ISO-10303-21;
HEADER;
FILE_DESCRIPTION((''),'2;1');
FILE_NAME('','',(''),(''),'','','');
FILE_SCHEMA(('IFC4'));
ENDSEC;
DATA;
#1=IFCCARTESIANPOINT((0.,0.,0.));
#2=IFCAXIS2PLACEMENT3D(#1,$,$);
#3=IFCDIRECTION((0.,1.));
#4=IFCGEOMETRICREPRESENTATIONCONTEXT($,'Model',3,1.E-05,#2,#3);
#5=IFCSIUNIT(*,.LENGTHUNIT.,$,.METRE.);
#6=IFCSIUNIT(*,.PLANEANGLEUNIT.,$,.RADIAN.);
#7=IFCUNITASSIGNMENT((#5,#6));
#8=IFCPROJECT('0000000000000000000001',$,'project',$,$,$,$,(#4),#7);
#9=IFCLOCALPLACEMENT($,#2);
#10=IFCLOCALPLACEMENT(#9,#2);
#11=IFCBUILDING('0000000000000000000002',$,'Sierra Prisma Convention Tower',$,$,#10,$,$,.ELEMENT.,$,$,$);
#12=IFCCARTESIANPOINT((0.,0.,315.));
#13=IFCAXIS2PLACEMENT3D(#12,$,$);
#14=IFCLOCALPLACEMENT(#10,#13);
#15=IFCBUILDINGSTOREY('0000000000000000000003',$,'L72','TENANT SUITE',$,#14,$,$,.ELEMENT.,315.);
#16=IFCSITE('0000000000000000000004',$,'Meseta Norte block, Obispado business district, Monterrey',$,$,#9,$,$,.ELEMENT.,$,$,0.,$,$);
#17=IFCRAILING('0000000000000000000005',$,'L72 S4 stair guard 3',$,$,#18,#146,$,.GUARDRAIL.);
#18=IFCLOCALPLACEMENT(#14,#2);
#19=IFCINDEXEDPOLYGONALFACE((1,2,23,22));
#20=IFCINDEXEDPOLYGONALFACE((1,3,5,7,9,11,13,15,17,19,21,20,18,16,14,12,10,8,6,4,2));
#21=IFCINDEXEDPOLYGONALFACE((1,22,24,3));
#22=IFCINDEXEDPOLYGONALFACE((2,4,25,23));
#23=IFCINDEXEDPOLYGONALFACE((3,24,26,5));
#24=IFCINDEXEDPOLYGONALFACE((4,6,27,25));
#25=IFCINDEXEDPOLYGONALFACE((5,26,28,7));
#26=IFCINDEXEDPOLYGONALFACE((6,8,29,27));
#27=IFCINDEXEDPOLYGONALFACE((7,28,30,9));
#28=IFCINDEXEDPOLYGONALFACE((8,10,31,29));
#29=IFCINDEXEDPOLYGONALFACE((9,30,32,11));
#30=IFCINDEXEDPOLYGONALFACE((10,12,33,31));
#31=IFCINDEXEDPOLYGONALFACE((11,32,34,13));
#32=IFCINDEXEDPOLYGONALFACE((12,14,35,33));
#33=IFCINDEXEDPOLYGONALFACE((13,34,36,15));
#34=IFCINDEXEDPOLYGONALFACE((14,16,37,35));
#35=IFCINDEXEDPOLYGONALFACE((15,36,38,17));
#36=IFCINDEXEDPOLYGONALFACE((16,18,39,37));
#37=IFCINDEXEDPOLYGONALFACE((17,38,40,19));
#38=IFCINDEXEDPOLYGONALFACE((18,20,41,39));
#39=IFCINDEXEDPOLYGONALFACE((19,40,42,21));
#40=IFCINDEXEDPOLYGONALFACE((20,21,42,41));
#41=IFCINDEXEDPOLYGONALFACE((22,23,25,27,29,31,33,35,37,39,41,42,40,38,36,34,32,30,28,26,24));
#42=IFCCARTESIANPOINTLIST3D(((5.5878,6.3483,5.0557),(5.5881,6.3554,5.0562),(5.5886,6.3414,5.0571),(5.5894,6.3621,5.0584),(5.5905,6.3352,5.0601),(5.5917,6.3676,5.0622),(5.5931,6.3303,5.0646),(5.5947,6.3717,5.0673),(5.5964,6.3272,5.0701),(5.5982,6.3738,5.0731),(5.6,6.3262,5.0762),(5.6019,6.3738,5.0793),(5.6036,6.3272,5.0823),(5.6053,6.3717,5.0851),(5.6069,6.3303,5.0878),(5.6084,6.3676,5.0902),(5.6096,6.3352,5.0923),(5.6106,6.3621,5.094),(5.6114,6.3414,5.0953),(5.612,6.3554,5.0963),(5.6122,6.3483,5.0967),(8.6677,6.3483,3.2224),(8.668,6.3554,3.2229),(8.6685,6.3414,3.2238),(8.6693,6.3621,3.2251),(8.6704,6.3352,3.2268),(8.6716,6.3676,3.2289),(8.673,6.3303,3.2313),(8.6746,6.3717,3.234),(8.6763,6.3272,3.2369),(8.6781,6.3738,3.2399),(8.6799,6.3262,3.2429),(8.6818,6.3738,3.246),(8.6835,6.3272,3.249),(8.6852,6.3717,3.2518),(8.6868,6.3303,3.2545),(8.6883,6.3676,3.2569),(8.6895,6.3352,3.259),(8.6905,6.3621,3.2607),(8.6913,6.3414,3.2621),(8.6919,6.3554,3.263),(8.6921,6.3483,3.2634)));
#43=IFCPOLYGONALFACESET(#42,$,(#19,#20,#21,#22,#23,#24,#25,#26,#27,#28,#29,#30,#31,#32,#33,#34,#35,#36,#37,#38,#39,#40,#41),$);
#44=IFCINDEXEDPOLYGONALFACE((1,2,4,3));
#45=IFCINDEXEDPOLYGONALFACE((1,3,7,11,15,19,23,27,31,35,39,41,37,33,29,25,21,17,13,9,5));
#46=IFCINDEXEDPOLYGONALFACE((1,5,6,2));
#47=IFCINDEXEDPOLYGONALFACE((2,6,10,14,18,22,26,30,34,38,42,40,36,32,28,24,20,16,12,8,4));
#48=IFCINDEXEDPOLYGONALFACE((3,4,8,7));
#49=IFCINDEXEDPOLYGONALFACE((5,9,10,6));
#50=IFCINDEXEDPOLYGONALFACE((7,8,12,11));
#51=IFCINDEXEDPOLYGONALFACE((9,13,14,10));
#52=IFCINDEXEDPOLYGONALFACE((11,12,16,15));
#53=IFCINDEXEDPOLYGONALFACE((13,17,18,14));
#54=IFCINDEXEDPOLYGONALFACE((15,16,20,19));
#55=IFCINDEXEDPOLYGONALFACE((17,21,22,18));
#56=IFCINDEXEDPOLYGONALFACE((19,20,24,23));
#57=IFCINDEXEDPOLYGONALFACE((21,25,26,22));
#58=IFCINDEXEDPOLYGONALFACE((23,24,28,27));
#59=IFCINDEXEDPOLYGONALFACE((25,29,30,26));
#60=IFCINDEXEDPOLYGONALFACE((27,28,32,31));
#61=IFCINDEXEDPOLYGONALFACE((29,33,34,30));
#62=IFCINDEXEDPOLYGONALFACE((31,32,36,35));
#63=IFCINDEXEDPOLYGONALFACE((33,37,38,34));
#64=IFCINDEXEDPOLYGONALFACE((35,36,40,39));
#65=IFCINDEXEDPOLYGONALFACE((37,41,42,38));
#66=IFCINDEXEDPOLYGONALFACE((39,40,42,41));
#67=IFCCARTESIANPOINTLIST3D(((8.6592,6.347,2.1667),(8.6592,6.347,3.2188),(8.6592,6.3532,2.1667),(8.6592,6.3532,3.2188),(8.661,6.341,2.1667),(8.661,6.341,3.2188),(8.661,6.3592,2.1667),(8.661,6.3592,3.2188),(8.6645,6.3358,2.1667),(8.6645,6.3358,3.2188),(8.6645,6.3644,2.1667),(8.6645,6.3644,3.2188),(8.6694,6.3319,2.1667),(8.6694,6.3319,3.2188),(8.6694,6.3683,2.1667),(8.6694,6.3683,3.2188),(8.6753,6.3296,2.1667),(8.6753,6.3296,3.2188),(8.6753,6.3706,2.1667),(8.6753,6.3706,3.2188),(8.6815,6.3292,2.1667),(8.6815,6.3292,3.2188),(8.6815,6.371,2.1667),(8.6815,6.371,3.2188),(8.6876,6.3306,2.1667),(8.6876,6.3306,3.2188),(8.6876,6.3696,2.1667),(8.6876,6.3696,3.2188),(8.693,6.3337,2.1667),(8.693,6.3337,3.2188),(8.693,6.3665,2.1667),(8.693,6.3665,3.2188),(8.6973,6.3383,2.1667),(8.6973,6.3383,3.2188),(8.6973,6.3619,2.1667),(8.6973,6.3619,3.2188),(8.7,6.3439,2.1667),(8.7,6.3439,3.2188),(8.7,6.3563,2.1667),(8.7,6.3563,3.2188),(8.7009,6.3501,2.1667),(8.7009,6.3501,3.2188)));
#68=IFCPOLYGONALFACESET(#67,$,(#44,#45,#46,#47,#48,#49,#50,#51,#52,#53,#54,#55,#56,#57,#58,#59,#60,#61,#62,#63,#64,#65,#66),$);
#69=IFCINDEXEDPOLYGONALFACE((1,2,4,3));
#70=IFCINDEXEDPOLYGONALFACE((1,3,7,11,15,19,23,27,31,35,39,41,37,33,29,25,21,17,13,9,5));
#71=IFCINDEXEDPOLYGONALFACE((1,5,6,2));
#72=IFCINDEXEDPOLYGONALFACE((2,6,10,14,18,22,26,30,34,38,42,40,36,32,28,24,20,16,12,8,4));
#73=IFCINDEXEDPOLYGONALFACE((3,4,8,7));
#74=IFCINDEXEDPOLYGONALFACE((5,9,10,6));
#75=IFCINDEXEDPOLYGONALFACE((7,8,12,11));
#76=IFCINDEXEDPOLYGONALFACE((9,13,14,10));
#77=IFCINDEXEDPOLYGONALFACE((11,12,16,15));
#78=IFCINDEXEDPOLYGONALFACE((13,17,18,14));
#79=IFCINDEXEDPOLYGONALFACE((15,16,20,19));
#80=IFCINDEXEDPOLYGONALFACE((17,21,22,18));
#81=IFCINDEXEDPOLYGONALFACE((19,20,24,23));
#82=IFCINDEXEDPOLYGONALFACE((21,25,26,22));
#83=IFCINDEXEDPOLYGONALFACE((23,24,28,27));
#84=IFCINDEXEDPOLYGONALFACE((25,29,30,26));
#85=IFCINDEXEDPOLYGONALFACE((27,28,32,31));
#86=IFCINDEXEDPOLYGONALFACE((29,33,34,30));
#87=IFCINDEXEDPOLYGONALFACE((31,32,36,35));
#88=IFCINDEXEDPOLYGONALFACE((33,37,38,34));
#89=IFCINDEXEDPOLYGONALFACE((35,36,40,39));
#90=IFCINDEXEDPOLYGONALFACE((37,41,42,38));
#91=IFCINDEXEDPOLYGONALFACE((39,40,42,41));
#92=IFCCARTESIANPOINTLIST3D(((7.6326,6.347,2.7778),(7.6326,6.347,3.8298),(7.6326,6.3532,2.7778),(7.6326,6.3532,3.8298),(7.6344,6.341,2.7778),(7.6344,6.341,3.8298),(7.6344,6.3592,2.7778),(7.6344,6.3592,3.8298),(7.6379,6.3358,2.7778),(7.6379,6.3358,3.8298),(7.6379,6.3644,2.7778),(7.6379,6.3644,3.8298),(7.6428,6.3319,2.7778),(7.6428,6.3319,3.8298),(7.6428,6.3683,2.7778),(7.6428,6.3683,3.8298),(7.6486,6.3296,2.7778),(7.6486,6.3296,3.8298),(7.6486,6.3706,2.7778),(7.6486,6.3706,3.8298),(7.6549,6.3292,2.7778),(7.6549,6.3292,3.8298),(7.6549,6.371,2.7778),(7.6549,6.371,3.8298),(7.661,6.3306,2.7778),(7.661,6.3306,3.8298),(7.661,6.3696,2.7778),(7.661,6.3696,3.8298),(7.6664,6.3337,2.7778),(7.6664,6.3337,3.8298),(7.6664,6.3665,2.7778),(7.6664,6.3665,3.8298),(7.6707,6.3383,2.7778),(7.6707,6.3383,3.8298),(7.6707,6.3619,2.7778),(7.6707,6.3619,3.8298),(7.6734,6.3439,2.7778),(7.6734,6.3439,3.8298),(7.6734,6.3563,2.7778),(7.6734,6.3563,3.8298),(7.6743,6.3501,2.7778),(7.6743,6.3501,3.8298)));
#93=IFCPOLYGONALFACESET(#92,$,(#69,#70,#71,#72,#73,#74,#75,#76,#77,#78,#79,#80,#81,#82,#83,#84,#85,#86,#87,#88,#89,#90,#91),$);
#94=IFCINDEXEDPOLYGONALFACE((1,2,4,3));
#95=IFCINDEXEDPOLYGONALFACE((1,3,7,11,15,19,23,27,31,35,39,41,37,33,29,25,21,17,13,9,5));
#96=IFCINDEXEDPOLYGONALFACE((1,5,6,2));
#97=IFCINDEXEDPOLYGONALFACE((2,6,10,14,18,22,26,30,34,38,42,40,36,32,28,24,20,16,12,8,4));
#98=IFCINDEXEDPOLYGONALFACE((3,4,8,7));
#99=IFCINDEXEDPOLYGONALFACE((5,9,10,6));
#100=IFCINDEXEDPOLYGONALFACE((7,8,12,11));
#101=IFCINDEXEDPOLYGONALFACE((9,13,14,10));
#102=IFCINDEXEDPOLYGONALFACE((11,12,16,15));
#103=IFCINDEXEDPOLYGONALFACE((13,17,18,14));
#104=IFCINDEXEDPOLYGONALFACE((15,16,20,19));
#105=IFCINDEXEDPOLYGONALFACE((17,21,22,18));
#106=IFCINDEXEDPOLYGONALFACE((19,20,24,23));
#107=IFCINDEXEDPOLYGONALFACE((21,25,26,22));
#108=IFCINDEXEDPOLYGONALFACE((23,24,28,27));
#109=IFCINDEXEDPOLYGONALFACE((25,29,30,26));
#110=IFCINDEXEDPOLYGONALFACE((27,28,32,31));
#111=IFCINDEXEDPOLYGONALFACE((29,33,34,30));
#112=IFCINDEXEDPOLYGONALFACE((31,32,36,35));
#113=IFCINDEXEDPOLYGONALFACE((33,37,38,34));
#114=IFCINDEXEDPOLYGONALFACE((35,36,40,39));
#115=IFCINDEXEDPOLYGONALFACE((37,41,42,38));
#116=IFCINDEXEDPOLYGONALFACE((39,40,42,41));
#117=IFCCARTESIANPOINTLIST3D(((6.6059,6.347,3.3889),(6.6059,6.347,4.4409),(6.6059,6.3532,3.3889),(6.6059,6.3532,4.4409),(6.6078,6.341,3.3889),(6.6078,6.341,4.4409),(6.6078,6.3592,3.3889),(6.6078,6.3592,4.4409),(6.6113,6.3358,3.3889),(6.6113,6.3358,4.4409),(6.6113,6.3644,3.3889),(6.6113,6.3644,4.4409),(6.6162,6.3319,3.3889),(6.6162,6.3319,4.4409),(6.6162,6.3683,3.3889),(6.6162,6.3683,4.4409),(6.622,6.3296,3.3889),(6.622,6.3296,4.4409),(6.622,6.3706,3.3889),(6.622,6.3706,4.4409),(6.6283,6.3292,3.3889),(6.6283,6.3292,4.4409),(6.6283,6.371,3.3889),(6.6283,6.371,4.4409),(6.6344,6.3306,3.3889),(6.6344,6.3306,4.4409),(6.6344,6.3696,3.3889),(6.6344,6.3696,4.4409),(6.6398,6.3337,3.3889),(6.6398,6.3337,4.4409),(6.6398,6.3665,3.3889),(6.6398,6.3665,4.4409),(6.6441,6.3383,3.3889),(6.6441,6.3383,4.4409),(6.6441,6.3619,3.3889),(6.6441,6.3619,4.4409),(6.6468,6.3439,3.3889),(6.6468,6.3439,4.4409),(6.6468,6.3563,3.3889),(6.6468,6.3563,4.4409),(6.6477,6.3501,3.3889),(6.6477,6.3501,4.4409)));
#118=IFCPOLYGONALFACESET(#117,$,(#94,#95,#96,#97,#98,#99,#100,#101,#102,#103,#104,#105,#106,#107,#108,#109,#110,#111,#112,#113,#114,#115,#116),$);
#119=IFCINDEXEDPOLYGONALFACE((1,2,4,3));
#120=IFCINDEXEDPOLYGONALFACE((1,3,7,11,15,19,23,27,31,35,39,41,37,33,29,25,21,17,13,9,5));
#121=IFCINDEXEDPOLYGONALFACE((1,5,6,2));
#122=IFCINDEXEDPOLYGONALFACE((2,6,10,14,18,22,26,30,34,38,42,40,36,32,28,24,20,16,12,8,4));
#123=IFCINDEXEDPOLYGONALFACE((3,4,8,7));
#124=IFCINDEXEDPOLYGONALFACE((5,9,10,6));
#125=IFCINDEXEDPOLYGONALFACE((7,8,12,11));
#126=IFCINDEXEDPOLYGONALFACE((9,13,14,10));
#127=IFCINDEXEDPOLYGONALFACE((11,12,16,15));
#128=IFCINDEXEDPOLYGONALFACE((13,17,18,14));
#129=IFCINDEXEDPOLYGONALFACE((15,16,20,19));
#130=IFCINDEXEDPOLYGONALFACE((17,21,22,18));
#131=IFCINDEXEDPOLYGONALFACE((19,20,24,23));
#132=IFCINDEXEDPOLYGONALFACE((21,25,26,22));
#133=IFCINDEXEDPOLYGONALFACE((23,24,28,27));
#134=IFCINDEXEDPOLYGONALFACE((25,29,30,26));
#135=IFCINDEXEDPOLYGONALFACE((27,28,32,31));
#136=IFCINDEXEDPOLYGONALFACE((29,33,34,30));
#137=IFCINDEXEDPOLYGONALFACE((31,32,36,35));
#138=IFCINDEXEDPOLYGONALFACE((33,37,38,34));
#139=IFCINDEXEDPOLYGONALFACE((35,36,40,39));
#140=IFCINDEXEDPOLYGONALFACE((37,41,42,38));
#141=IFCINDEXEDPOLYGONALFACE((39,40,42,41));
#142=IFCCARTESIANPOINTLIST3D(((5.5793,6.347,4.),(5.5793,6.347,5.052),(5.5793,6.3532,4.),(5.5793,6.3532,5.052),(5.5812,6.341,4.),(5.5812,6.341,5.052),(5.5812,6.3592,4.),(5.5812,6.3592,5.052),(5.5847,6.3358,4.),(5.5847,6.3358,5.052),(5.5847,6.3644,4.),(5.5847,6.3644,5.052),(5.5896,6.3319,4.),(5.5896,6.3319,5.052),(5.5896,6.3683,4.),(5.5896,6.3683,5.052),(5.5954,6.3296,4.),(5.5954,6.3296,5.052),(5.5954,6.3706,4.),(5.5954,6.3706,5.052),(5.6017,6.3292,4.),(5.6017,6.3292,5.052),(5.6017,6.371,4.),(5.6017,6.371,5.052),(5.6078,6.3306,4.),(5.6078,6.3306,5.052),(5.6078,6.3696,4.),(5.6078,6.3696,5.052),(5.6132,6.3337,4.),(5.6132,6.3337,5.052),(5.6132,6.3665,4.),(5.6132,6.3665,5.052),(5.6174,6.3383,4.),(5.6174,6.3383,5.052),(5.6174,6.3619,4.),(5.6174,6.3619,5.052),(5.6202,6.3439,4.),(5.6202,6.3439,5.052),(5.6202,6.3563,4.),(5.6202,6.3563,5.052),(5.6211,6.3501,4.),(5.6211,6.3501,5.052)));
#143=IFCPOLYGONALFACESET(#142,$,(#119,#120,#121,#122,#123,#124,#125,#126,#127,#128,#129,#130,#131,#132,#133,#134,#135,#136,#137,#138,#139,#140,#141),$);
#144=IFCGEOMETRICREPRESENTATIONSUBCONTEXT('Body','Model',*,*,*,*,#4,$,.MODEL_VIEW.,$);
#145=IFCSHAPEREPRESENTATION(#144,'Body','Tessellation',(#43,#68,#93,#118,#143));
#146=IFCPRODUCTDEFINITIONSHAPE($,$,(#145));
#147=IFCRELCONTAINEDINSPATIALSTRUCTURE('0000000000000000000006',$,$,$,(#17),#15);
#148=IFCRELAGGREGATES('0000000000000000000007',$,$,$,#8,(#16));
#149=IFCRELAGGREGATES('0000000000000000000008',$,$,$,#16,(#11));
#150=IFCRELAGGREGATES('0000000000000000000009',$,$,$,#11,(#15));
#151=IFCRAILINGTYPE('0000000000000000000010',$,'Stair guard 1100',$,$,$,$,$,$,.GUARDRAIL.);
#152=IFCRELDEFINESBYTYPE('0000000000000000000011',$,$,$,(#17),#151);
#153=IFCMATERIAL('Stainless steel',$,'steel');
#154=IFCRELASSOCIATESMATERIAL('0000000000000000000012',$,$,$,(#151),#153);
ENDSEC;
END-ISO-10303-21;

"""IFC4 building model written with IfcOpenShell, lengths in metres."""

from ifc_helpers import new_model, si_unit, direction, frame, origin, origin_2d, place, context, subcontext, project, spatial, circle, extrude, material, type_object, element, save


model = new_model("IFC4")

# Units and contexts
model_context = context("Model", 3, precision=1e-05, world=origin(), true_north=direction((0.0, 1.0)))
body_context = subcontext(model_context, "Body", "Model", "MODEL_VIEW")
ifc_project = project(units=[si_unit("LENGTHUNIT", "METRE"), si_unit("PLANEANGLEUNIT", "RADIAN")], contexts=[model_context])

# Site, building, storey
site_placement = place(None, origin())
site = spatial("IfcSite", under=ifc_project, at=site_placement, Name="Meseta Norte block, Obispado business district, Monterrey", CompositionType="ELEMENT", RefElevation=0.0)
building_placement = place(site_placement, origin())
building = spatial("IfcBuilding", under=site, at=building_placement, Name="Sierra Prisma Convention Tower", CompositionType="ELEMENT")
storey_placement = place(building_placement, frame((0.0, 0.0, 315.0)))
storey = spatial("IfcBuildingStorey", under=building, at=storey_placement, Name="L72", Description="TENANT SUITE", CompositionType="ELEMENT", Elevation=315.0)

# Railing
ifc_material_1 = material(Name="Stainless steel", Category="steel")
railing_type_1 = type_object("IfcRailingType", Name="Stair guard 1100", PredefinedType="GUARDRAIL", material=ifc_material_1)
railing_1_placement = place(storey_placement, frame((8.6799, 6.3501, 2.1667)))
element("IfcRailing", 1, at=railing_1_placement, inside=storey, type_object=railing_type_1, Name="L72 S4 stair guard 3", PredefinedType="GUARDRAIL", context=body_context, shape_type="SweptSolid", body=[
    extrude(circle(Radius=0.0239, at=origin_2d()), frame((0.0, 0.0, 1.0762), z_axis=(-0.859291, 0.0, 0.511487), x_axis=(0.0, -1.0, 0.0)), (0.0, 0.0, 1.0), 3.5842),
    extrude(circle(Radius=0.021, at=origin_2d()), origin(), (0.0, 0.0, 1.0), 1.052),
    extrude(circle(Radius=0.021, at=origin_2d()), frame((-1.0266, 0.0, 0.6111)), (0.0, 0.0, 1.0), 1.052),
    extrude(circle(Radius=0.021, at=origin_2d()), frame((-2.0532, 0.0, 1.2222)), (0.0, 0.0, 1.0), 1.052),
    extrude(circle(Radius=0.021, at=origin_2d()), frame((-3.0798, 0.0, 1.8333)), (0.0, 0.0, 1.0), 1.052),
])

save(model, "model.ifc")
